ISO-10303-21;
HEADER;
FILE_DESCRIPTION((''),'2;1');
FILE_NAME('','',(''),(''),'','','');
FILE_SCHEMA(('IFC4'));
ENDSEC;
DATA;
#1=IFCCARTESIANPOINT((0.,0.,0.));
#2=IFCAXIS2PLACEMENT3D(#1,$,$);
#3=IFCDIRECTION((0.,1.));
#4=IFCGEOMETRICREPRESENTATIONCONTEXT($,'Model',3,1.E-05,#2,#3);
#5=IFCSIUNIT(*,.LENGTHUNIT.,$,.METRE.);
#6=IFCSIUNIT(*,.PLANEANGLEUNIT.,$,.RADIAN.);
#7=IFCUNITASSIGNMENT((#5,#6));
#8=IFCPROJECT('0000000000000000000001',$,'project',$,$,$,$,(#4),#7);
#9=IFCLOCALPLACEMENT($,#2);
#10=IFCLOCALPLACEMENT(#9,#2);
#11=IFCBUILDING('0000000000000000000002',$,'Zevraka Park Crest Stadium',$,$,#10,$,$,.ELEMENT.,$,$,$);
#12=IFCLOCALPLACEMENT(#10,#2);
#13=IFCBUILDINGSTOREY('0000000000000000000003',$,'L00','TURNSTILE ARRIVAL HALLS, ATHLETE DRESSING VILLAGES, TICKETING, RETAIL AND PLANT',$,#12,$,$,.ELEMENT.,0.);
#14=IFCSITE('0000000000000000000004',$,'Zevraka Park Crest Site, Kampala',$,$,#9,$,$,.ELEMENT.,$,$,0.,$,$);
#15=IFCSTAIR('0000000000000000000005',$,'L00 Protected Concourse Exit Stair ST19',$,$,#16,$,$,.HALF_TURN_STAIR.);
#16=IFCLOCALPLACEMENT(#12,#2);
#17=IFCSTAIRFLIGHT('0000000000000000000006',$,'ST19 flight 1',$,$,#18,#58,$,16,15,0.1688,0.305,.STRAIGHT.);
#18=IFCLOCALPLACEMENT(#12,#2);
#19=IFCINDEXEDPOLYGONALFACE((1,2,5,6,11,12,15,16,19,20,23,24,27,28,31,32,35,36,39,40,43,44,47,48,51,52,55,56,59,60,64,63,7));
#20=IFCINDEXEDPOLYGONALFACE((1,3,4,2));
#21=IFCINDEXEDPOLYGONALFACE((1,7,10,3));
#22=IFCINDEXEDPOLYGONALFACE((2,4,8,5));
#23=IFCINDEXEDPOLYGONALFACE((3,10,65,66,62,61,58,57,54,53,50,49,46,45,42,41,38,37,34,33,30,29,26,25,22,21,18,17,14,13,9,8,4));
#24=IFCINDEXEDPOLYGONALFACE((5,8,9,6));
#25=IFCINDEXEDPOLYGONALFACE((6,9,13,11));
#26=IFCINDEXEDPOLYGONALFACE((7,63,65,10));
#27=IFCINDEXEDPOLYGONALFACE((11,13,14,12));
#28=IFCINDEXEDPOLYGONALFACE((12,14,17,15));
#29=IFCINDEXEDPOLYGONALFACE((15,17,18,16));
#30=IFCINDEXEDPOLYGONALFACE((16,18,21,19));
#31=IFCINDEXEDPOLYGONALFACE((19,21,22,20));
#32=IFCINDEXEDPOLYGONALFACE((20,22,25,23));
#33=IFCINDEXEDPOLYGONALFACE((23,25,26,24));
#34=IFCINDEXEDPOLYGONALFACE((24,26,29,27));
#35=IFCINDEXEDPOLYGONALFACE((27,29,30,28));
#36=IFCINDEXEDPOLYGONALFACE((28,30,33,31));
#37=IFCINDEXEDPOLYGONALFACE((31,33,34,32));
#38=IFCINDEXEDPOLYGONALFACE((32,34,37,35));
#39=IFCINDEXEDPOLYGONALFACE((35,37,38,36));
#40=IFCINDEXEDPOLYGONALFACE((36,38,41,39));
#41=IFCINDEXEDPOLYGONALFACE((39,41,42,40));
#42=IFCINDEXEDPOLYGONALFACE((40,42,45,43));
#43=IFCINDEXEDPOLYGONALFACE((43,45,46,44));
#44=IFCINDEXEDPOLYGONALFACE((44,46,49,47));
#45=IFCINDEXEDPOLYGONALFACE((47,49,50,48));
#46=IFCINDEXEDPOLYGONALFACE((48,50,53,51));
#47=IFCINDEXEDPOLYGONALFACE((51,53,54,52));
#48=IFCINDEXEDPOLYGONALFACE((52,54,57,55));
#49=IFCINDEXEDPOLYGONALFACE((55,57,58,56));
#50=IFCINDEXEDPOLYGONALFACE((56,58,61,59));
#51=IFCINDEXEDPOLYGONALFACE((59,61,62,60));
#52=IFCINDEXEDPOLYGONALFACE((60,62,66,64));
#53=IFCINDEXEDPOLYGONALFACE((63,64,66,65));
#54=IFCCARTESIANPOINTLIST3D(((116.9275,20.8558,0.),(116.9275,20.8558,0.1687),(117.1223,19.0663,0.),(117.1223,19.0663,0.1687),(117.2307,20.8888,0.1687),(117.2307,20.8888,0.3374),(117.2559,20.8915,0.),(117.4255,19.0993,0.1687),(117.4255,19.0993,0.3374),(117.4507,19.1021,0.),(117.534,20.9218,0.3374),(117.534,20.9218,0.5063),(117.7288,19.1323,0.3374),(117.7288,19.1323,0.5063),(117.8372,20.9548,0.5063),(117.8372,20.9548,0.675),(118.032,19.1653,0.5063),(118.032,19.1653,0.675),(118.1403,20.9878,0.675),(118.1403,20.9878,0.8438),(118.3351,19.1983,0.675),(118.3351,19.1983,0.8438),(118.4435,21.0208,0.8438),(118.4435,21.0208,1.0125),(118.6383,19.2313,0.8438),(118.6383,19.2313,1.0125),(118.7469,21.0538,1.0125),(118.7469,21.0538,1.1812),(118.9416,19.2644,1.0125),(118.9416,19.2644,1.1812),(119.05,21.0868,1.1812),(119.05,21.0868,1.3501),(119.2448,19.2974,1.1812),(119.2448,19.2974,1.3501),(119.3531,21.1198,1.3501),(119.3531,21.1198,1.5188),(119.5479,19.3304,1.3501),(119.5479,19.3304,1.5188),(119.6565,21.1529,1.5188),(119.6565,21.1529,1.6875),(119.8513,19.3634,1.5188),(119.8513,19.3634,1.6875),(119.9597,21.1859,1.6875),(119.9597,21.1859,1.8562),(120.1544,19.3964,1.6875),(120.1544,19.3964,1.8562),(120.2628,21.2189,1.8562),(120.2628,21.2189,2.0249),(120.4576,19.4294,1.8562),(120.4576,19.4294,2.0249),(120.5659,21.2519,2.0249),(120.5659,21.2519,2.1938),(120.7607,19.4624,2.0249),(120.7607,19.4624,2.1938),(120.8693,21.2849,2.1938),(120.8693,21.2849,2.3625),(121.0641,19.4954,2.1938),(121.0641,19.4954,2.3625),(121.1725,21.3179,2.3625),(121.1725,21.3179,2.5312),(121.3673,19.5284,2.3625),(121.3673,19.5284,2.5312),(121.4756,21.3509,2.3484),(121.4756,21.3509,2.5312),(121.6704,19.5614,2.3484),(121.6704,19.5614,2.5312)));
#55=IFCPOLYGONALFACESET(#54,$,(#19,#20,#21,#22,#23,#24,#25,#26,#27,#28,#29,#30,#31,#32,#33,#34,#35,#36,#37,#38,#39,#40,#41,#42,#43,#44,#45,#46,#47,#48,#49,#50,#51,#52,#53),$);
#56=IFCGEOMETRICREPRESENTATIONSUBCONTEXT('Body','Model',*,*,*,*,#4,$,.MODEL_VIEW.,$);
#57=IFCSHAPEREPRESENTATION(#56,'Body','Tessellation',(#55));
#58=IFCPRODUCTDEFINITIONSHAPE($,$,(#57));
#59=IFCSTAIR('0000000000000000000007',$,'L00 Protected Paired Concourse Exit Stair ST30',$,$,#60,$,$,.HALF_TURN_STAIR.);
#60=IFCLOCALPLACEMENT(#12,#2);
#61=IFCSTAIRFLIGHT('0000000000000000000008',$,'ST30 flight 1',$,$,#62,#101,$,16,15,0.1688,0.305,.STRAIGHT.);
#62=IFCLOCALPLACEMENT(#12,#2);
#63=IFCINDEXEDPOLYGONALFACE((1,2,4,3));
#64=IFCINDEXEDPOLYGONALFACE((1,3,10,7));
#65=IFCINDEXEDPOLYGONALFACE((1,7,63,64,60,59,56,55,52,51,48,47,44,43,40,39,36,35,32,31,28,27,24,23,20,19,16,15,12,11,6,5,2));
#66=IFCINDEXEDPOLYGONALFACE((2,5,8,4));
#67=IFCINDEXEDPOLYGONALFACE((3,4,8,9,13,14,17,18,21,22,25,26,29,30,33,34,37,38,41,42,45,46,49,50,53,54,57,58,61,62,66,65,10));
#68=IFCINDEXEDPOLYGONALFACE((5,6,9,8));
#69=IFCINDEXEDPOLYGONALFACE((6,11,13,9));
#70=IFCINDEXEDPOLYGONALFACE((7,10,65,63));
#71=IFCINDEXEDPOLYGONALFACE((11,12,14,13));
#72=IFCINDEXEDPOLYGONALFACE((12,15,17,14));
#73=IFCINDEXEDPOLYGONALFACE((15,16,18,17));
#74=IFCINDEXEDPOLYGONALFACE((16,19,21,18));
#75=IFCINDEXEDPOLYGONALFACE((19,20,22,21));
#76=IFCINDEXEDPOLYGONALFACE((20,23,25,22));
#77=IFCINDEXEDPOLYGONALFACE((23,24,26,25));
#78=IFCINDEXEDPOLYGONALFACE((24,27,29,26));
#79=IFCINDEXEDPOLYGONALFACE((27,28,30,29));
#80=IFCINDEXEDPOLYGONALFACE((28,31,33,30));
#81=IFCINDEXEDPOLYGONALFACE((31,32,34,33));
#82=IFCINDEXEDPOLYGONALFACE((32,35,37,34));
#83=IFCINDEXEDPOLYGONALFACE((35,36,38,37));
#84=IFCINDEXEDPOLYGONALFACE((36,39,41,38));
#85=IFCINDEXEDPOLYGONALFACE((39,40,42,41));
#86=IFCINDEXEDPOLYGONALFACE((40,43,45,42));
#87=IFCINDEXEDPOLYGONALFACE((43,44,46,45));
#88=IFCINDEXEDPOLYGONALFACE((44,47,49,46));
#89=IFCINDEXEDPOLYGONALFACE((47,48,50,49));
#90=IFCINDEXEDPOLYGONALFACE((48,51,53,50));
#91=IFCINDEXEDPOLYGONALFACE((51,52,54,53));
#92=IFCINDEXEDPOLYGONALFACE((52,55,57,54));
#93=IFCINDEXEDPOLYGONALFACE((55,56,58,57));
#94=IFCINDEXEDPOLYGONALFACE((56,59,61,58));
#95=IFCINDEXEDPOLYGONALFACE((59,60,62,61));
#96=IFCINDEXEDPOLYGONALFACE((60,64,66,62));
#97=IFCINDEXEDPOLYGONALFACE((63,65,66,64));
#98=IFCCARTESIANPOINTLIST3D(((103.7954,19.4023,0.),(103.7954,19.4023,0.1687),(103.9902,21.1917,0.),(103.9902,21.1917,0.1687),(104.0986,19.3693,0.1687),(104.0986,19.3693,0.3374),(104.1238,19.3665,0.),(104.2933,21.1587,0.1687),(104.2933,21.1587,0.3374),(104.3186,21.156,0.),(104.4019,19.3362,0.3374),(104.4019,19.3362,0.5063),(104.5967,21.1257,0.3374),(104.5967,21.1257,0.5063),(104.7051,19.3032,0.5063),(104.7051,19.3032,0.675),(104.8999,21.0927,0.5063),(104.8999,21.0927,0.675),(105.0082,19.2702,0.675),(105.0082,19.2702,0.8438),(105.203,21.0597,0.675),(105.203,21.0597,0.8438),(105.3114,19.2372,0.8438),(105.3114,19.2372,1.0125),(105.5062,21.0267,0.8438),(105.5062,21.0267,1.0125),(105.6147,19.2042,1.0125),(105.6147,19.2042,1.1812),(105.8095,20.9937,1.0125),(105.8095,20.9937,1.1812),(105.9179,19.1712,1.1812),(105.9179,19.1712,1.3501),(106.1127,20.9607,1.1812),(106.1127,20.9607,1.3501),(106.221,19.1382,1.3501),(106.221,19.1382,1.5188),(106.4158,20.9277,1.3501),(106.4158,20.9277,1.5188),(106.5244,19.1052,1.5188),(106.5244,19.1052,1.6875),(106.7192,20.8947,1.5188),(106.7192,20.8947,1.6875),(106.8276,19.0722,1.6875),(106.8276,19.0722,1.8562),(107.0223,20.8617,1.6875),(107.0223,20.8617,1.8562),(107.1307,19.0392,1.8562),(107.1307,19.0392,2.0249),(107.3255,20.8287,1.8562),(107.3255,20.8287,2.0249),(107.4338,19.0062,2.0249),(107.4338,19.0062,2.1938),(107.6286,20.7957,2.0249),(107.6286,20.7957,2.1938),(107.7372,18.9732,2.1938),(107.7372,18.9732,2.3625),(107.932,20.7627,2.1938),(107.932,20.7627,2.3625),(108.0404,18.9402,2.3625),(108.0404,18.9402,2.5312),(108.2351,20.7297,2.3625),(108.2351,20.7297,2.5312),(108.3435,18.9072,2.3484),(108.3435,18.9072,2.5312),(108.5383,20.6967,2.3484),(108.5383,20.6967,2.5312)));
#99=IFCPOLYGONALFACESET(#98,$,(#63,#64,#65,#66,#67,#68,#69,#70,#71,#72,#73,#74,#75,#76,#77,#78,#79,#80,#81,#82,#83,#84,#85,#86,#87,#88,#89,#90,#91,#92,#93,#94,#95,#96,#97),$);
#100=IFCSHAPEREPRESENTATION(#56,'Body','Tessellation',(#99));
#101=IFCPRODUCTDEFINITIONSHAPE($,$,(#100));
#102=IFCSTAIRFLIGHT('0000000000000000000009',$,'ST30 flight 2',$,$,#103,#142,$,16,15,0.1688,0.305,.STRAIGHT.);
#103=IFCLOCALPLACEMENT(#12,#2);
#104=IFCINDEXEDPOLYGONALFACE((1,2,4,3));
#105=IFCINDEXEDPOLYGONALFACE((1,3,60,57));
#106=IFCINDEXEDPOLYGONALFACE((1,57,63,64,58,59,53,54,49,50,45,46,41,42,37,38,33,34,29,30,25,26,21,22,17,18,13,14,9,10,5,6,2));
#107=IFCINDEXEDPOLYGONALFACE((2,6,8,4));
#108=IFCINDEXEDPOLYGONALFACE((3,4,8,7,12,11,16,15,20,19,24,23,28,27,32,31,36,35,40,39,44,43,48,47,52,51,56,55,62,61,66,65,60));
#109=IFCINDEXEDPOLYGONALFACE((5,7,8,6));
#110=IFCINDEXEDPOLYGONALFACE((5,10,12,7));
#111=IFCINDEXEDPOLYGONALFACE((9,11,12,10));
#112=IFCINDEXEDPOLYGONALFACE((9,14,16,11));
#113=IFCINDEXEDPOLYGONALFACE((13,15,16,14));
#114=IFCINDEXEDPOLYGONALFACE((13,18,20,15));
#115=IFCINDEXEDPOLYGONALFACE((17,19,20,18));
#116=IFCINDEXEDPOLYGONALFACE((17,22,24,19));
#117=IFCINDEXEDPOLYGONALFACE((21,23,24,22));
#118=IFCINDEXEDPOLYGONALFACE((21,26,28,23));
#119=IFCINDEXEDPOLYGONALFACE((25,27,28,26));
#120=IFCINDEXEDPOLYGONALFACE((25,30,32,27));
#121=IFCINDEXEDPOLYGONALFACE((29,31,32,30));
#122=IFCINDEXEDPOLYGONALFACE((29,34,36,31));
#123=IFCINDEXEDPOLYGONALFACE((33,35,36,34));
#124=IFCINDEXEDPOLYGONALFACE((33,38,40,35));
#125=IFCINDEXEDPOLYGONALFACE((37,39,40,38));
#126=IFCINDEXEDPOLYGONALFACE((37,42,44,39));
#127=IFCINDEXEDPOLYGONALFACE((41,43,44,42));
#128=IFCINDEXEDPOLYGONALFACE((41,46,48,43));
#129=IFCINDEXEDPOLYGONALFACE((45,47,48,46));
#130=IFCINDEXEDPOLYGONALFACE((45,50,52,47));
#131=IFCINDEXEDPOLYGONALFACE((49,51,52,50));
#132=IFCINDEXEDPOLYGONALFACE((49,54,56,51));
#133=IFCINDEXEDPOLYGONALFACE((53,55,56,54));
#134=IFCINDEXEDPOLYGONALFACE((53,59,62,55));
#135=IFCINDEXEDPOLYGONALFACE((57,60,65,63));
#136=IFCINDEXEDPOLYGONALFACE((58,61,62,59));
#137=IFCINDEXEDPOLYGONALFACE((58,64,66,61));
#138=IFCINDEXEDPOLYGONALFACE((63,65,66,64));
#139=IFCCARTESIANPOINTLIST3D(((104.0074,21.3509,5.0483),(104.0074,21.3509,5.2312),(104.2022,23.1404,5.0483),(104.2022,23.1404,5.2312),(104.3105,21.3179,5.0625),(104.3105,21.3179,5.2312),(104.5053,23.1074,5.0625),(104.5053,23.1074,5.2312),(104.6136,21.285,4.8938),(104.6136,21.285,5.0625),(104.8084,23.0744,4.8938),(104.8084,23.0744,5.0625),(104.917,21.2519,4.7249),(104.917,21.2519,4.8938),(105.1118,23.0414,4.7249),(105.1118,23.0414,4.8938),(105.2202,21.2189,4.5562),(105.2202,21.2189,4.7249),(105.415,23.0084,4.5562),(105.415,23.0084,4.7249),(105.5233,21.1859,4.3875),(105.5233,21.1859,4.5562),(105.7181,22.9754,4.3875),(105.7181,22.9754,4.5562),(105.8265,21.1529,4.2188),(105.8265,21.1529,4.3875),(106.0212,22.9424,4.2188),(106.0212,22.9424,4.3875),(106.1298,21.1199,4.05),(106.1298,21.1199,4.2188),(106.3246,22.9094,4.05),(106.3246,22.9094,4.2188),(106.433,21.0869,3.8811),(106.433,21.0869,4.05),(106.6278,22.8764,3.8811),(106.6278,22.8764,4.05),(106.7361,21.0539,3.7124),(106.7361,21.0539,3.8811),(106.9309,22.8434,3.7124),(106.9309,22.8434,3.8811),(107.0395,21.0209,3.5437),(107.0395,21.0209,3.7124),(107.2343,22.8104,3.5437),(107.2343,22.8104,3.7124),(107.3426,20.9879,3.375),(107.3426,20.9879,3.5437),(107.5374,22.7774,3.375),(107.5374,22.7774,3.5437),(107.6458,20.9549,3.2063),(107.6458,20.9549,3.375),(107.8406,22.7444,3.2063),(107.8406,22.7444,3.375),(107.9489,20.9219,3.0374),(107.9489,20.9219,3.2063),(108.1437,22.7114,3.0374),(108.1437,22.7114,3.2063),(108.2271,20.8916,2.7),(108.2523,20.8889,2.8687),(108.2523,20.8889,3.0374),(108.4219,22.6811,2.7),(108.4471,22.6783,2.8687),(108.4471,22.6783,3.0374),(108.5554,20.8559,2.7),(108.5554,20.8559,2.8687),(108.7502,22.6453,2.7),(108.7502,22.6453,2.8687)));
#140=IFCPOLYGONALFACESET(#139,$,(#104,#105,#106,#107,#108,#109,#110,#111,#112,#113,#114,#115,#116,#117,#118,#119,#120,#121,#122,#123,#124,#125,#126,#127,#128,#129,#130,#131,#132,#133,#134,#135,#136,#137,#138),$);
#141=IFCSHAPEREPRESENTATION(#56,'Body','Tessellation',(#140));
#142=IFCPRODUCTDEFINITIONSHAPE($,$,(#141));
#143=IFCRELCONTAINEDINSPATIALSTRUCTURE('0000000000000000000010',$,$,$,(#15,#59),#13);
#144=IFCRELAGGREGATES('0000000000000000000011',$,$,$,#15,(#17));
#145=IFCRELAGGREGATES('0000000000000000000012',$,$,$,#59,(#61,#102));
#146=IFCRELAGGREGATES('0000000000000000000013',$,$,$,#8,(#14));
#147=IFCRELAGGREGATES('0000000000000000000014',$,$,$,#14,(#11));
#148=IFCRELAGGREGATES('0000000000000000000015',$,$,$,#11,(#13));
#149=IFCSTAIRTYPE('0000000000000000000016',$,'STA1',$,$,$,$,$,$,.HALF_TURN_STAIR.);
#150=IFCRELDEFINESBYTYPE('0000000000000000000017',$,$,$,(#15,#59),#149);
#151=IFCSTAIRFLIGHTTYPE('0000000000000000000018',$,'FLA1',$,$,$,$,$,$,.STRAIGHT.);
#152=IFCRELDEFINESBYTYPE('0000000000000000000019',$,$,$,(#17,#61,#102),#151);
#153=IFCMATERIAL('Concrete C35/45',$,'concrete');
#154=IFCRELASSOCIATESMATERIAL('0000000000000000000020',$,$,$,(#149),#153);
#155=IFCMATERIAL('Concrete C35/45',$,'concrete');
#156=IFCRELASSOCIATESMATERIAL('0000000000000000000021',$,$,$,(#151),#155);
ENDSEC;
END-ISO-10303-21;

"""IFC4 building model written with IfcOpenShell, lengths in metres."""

from ifc_helpers import new_model, si_unit, direction, frame, origin, place, context, subcontext, project, spatial, polyline, outline, extrude, material, type_object, element, aggregate, save


model = new_model("IFC4")

# Units and contexts
model_context = context("Model", 3, precision=1e-05, world=origin(), true_north=direction((0.0, 1.0)))
body_context = subcontext(model_context, "Body", "Model", "MODEL_VIEW")
ifc_project = project(units=[si_unit("LENGTHUNIT", "METRE"), si_unit("PLANEANGLEUNIT", "RADIAN")], contexts=[model_context])

# Site, building, storey
site_placement = place(None, origin())
site = spatial("IfcSite", under=ifc_project, at=site_placement, Name="Zevraka Park Crest Site, Kampala", CompositionType="ELEMENT", RefElevation=0.0)
building_placement = place(site_placement, origin())
building = spatial("IfcBuilding", under=site, at=building_placement, Name="Zevraka Park Crest Stadium", CompositionType="ELEMENT")
storey_placement = place(building_placement, origin())
storey = spatial("IfcBuildingStorey", under=building, at=storey_placement, Name="L00", Description="TURNSTILE ARRIVAL HALLS, ATHLETE DRESSING VILLAGES, TICKETING, RETAIL AND PLANT", CompositionType="ELEMENT", Elevation=0.0)

# Stair, stair flight
ifc_material_1 = material(Name="Concrete C35/45", Category="concrete")
stair_type = type_object("IfcStairType", Name="STA1", PredefinedType="HALF_TURN_STAIR", material=ifc_material_1)
stair_1_placement = place(storey_placement, origin())
stair_1 = element("IfcStair", 1, at=stair_1_placement, inside=storey, type_object=stair_type, Name="L00 Protected Concourse Exit Stair ST19", PredefinedType="HALF_TURN_STAIR")
ifc_material_2 = material(Name="Concrete C35/45", Category="concrete")
stair_flight_type = type_object("IfcStairFlightType", Name="FLA1", PredefinedType="STRAIGHT", material=ifc_material_2)
stair_flight_1_placement = place(storey_placement, frame((117.0249, 19.9612, 0.0), z_axis=(0.0, 0.0, 1.0), x_axis=(0.994128, 0.108215, 0.0)))
stair_flight_1 = element("IfcStairFlight", 2, at=stair_flight_1_placement, type_object=stair_flight_type, Name="ST19 flight 1", NumberOfRisers=16, NumberOfTreads=15, PredefinedType="STRAIGHT", RiserHeight=0.1688, TreadLength=0.305, context=body_context, shape_type="SweptSolid", body=[
    extrude(outline(polyline([(0.0, 0.0), (0.0, 0.1687), (0.3049, 0.1687), (0.3049, 0.3374), (0.6101, 0.3374), (0.6101, 0.5063), (0.915, 0.5063), (0.915, 0.675), (1.22, 0.675), (1.22, 0.8438), (1.5249, 0.8438), (1.5249, 1.0125), (1.8301, 1.0125), (1.8301, 1.1812), (2.135, 1.1812), (2.135, 1.3501), (2.4399, 1.3501), (2.4399, 1.5188), (2.7451, 1.5188), (2.7451, 1.6875), (3.05, 1.6875), (3.05, 1.8562), (3.355, 1.8562), (3.355, 2.0249), (3.6599, 2.0249), (3.6599, 2.1938), (3.9651, 2.1938), (3.9651, 2.3625), (4.27, 2.3625), (4.27, 2.5312), (4.575, 2.5312), (4.575, 2.7), (4.575, 2.3484), (0.3303, 0.0), (0.0, 0.0)])), frame((0.0, 0.8999, 0.0), z_axis=(0.0, -1.0, 0.0), x_axis=(1.0, 0.0, 0.0)), (0.0, 0.0, 1.0), 1.8),
])
aggregate(stair_1, [stair_flight_1])

# Stair, stair flights
stair_2_placement = place(storey_placement, origin())
stair_2 = element("IfcStair", 3, at=stair_2_placement, inside=storey, type_object=stair_type, Name="L00 Protected Paired Concourse Exit Stair ST30", PredefinedType="HALF_TURN_STAIR")
stair_flight_2_placement = place(storey_placement, frame((103.8928, 20.2971, 0.0), z_axis=(0.0, 0.0, 1.0), x_axis=(0.994128, -0.108215, 0.0)))
stair_flight_2 = element("IfcStairFlight", 4, at=stair_flight_2_placement, type_object=stair_flight_type, Name="ST30 flight 1", NumberOfRisers=16, NumberOfTreads=15, PredefinedType="STRAIGHT", RiserHeight=0.1688, TreadLength=0.305, context=body_context, shape_type="SweptSolid", body=[
    extrude(outline(polyline([(0.0, 0.0), (0.0, 0.1687), (0.3049, 0.1687), (0.3049, 0.3374), (0.6101, 0.3374), (0.6101, 0.5063), (0.915, 0.5063), (0.915, 0.675), (1.22, 0.675), (1.22, 0.8438), (1.5249, 0.8438), (1.5249, 1.0125), (1.8301, 1.0125), (1.8301, 1.1812), (2.135, 1.1812), (2.135, 1.3501), (2.4399, 1.3501), (2.4399, 1.5188), (2.7451, 1.5188), (2.7451, 1.6875), (3.05, 1.6875), (3.05, 1.8562), (3.355, 1.8562), (3.355, 2.0249), (3.6599, 2.0249), (3.6599, 2.1938), (3.9651, 2.1938), (3.9651, 2.3625), (4.27, 2.3625), (4.27, 2.5312), (4.575, 2.5312), (4.575, 2.7), (4.575, 2.3484), (0.3303, 0.0), (0.0, 0.0)])), frame((0.0, 0.8999, 0.0), z_axis=(0.0, -1.0, 0.0), x_axis=(1.0, 0.0, 0.0)), (0.0, 0.0, 1.0), 1.8),
])
stair_flight_3_placement = place(storey_placement, frame((108.6528, 21.7505, 2.7), z_axis=(0.0, 0.0, 1.0), x_axis=(-0.994128, 0.108215, 0.0)))
stair_flight_3 = element("IfcStairFlight", 5, at=stair_flight_3_placement, type_object=stair_flight_type, Name="ST30 flight 2", NumberOfRisers=16, NumberOfTreads=15, PredefinedType="STRAIGHT", RiserHeight=0.1688, TreadLength=0.305, context=body_context, shape_type="SweptSolid", body=[
    extrude(outline(polyline([(0.0, 0.0), (0.0, 0.1687), (0.3049, 0.1687), (0.3049, 0.3374), (0.6101, 0.3374), (0.6101, 0.5063), (0.915, 0.5063), (0.915, 0.675), (1.22, 0.675), (1.22, 0.8438), (1.5249, 0.8438), (1.5249, 1.0125), (1.8301, 1.0125), (1.8301, 1.1812), (2.135, 1.1812), (2.135, 1.3501), (2.4399, 1.3501), (2.4399, 1.5188), (2.7451, 1.5188), (2.7451, 1.6875), (3.05, 1.6875), (3.05, 1.8562), (3.355, 1.8562), (3.355, 2.0249), (3.6599, 2.0249), (3.6599, 2.1938), (3.9651, 2.1938), (3.9651, 2.3625), (4.27, 2.3625), (4.27, 2.5312), (4.575, 2.5312), (4.575, 2.7), (4.575, 2.3484), (0.3303, 0.0), (0.0, 0.0)])), frame((0.0, 0.8999, 0.0), z_axis=(0.0, -1.0, 0.0), x_axis=(1.0, 0.0, 0.0)), (0.0, 0.0, 1.0), 1.8),
])
aggregate(stair_2, [stair_flight_2, stair_flight_3])

save(model, "model.ifc")
